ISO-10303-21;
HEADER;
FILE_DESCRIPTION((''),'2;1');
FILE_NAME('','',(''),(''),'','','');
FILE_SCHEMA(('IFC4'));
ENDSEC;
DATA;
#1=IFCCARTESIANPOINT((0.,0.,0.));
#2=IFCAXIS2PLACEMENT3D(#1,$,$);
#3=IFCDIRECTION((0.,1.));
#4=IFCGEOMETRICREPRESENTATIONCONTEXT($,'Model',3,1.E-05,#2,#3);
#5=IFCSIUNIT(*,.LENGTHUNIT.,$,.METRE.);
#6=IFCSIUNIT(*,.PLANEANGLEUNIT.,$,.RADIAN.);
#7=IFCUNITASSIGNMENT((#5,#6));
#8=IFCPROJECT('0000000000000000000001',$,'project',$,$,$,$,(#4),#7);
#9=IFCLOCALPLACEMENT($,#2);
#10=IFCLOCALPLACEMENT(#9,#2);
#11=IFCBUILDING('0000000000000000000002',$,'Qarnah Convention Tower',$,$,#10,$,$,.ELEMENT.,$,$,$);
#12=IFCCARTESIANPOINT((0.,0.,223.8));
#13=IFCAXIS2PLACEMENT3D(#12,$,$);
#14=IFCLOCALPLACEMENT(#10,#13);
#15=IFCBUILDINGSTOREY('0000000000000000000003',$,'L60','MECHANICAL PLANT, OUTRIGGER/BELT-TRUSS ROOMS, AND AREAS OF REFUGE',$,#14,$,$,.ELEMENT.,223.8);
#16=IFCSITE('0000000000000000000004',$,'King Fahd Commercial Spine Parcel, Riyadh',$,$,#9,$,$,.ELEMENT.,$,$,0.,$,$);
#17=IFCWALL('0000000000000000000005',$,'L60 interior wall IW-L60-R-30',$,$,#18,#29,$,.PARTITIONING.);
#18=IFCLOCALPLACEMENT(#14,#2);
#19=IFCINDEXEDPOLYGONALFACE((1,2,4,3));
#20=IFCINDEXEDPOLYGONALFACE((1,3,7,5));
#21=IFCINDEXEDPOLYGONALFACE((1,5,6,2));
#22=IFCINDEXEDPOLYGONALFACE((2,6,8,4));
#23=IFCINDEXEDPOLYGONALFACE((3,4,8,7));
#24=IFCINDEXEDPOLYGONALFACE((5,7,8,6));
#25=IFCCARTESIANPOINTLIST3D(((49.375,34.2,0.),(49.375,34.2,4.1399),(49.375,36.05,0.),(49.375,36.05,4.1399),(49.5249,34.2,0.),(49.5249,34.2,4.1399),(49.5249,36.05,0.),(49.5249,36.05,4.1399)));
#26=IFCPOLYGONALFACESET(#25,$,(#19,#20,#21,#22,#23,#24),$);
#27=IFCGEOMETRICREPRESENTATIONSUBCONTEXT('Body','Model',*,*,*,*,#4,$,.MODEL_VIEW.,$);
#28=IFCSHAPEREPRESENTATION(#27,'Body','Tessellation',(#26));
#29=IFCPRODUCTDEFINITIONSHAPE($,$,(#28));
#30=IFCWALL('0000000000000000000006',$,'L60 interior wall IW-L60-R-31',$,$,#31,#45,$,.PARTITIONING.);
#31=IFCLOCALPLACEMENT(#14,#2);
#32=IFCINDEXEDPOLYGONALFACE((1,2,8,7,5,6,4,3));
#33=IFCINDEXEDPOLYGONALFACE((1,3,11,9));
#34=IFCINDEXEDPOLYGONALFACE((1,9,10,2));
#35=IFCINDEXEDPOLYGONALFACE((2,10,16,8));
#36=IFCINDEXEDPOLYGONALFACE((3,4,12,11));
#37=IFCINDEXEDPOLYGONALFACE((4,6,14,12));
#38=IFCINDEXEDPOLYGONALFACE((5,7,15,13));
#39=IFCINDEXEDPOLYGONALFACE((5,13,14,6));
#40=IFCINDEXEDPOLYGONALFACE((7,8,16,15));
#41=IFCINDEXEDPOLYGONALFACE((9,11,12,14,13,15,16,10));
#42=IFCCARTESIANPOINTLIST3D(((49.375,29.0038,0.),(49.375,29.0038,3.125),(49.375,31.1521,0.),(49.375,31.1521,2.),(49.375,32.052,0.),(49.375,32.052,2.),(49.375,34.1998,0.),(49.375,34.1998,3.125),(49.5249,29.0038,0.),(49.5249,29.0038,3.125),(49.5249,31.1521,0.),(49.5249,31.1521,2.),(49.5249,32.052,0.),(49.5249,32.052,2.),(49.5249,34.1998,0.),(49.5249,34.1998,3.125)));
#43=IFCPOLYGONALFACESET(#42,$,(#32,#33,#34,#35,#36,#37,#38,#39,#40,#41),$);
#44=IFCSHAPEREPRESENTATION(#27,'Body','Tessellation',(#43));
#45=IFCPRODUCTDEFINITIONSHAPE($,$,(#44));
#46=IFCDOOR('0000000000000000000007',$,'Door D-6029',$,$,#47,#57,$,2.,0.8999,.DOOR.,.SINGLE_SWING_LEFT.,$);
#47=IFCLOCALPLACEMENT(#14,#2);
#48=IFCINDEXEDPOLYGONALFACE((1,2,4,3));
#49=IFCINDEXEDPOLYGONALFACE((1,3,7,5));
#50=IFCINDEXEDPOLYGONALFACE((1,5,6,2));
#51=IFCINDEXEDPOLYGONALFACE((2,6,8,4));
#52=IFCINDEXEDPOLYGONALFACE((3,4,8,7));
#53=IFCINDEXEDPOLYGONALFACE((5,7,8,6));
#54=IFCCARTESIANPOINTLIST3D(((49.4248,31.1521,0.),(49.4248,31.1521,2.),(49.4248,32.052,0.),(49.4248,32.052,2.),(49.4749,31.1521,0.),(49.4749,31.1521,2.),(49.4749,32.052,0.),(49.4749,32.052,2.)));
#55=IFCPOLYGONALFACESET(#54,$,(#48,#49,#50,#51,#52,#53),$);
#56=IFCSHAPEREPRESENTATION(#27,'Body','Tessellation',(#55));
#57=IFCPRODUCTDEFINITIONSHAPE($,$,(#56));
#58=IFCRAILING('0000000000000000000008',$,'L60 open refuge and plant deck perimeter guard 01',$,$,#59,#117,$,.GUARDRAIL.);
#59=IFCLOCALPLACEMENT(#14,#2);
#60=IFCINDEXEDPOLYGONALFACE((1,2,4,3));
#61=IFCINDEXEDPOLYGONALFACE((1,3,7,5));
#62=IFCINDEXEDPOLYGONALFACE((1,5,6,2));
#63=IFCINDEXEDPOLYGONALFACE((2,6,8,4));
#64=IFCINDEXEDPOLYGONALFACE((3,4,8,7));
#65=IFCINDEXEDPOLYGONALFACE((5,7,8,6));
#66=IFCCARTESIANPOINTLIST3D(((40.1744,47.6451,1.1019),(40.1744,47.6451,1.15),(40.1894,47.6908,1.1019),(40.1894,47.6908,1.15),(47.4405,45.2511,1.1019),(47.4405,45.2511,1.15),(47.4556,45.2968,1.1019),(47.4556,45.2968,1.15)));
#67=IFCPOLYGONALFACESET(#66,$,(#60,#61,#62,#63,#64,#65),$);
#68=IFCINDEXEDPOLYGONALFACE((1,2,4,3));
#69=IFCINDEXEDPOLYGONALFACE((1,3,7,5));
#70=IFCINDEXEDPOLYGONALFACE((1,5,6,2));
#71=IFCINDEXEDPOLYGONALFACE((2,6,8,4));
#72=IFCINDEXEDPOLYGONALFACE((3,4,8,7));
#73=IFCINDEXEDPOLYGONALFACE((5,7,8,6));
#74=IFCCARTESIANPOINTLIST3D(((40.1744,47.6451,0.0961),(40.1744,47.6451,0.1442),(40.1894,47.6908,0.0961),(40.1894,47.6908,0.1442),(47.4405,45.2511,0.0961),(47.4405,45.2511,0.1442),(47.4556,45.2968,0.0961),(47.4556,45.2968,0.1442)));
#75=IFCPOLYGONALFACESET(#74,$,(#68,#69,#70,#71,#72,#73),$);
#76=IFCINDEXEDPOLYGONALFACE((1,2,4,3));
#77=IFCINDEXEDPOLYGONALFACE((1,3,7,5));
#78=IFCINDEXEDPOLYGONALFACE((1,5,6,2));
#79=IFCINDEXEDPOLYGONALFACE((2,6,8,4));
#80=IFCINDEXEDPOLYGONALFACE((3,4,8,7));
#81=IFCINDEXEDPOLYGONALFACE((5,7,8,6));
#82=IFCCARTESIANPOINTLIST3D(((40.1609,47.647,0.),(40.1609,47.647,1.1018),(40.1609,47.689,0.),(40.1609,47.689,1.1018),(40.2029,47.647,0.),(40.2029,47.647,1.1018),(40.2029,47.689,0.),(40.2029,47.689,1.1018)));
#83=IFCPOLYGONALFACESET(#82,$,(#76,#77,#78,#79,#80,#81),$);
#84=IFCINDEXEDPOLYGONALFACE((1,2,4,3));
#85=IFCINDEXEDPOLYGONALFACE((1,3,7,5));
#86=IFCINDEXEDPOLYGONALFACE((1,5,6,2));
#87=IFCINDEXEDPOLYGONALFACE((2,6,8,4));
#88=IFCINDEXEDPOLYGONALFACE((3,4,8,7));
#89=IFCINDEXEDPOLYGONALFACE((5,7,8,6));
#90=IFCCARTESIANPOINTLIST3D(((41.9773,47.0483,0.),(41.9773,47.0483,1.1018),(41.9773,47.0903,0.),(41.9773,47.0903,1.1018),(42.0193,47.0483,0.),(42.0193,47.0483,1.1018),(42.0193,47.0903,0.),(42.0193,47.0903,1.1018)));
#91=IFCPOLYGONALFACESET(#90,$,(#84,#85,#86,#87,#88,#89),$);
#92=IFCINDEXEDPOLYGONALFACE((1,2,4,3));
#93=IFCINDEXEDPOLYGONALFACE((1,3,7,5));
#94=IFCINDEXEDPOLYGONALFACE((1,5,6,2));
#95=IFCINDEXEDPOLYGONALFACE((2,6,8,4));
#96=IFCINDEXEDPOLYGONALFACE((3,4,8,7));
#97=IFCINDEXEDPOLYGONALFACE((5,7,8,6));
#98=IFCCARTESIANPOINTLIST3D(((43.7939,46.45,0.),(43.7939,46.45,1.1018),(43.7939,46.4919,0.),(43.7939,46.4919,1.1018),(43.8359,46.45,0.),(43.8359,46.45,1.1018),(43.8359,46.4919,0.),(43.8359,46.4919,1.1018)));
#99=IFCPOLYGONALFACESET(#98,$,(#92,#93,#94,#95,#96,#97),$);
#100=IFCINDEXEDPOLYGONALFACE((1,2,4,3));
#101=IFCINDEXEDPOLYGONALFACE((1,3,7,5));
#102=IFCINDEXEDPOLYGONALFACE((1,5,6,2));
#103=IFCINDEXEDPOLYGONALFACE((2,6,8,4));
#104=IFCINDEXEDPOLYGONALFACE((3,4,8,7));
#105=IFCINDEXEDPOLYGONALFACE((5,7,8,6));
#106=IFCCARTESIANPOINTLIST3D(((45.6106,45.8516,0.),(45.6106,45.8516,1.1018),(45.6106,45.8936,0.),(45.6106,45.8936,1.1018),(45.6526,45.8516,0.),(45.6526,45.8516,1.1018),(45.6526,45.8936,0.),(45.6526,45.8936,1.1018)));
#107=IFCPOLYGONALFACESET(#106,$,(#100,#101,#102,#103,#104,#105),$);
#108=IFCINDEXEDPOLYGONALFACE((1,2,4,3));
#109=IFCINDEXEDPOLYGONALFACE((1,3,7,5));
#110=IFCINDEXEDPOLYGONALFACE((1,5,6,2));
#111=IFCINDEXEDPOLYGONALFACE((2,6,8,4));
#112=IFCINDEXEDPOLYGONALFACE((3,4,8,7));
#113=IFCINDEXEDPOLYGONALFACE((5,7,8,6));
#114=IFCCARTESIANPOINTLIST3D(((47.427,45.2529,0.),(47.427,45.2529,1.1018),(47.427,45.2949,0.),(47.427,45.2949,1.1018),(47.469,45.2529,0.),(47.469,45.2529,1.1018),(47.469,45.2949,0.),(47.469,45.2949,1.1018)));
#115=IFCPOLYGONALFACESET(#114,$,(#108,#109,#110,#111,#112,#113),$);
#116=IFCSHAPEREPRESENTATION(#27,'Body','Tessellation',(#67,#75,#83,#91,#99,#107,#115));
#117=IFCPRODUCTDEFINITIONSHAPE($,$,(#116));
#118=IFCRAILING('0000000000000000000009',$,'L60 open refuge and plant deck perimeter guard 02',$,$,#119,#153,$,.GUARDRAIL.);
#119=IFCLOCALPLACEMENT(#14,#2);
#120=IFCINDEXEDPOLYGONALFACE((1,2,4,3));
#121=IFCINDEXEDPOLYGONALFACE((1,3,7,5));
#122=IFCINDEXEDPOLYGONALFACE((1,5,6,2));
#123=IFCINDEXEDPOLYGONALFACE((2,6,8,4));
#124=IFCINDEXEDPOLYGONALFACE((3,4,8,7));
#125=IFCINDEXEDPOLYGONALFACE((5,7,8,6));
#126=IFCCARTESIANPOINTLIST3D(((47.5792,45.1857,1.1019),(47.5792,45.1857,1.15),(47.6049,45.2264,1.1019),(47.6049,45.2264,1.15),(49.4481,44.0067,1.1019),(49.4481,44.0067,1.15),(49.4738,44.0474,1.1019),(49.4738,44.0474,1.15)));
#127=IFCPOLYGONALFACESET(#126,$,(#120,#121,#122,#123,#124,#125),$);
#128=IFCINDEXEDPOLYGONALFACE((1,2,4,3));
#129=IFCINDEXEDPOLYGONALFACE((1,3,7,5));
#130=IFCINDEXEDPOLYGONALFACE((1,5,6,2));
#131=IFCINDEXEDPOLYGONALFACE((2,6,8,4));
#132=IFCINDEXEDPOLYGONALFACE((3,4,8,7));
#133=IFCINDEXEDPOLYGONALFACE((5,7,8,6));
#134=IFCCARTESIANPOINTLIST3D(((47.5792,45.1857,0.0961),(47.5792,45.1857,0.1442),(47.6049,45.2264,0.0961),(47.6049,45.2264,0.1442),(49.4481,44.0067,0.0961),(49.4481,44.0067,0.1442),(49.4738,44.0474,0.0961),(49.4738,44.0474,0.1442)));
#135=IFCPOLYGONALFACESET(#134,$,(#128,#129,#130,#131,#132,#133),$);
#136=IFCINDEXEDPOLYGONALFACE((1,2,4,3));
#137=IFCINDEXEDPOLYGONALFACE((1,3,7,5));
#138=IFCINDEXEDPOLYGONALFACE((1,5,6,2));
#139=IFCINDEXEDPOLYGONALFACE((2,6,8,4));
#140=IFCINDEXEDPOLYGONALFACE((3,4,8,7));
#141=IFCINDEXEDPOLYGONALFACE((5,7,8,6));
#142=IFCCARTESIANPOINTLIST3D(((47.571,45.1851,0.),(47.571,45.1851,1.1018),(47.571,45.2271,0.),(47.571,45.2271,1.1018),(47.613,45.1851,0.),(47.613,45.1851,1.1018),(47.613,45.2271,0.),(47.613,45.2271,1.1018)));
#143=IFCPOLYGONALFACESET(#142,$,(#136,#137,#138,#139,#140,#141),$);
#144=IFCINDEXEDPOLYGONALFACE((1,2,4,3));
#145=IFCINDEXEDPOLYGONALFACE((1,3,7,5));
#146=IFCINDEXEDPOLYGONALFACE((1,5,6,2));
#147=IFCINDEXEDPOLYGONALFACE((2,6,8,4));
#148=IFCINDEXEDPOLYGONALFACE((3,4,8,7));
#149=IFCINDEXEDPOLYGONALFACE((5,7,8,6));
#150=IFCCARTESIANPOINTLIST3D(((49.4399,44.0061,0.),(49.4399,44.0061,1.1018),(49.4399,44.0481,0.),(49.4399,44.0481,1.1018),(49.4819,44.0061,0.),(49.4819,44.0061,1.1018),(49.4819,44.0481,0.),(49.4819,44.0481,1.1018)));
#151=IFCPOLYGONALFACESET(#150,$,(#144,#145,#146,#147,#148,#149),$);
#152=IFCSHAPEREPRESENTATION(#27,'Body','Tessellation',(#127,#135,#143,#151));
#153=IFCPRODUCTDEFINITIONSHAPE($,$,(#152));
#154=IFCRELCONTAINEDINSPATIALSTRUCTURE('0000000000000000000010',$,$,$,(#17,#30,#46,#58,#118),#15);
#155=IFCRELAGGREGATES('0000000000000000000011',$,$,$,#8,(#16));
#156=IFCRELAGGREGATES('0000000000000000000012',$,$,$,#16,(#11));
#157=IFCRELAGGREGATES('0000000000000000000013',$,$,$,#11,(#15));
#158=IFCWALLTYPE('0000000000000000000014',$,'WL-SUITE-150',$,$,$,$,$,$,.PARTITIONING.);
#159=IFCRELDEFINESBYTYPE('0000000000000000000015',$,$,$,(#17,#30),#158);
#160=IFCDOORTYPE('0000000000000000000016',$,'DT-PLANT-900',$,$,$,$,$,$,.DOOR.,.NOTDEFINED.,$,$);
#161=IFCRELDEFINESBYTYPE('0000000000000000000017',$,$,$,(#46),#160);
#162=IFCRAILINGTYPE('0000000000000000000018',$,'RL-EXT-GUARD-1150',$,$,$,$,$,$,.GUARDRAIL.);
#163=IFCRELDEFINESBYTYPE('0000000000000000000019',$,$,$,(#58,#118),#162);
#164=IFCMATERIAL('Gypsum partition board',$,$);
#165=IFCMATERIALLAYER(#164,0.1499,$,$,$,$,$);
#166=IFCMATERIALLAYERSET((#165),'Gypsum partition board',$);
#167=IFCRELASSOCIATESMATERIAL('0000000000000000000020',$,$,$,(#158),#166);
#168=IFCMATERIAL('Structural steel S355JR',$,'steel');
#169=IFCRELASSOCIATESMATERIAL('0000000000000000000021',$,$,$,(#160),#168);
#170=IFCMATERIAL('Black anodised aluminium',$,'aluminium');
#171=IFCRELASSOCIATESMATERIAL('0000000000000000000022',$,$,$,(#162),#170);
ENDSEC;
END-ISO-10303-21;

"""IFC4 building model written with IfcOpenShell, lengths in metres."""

from ifc_helpers import new_model, si_unit, direction, frame, frame_2d, origin, origin_2d, place, context, subcontext, project, spatial, rectangle, extrude, material, layer, layer_set, type_object, element, fill, save


model = new_model("IFC4")

# Units and contexts
model_context = context("Model", 3, precision=1e-05, world=origin(), true_north=direction((0.0, 1.0)))
body_context = subcontext(model_context, "Body", "Model", "MODEL_VIEW")
ifc_project = project(units=[si_unit("LENGTHUNIT", "METRE"), si_unit("PLANEANGLEUNIT", "RADIAN")], contexts=[model_context])

# Site, building, storey
site_placement = place(None, origin())
site = spatial("IfcSite", under=ifc_project, at=site_placement, Name="King Fahd Commercial Spine Parcel, Riyadh", CompositionType="ELEMENT", RefElevation=0.0)
building_placement = place(site_placement, origin())
building = spatial("IfcBuilding", under=site, at=building_placement, Name="Qarnah Convention Tower", CompositionType="ELEMENT")
storey_placement = place(building_placement, frame((0.0, 0.0, 223.8)))
storey = spatial("IfcBuildingStorey", under=building, at=storey_placement, Name="L60", Description="MECHANICAL PLANT, OUTRIGGER/BELT-TRUSS ROOMS, AND AREAS OF REFUGE", CompositionType="ELEMENT", Elevation=223.8)

# Shared definitions
ifc_material_1 = material(Name="Structural steel S355JR", Category="steel")

# Shared definitions
ifc_material_2 = material(Name="Gypsum partition board")
ifc_layer_1 = layer(ifc_material_2, 0.1499)
ifc_layer_set_1 = layer_set([ifc_layer_1], Name="Gypsum partition board")
wall_type_1 = type_object("IfcWallType", Name="WL-SUITE-150", PredefinedType="PARTITIONING", material=ifc_layer_set_1)

# Shared definitions
door_type = type_object("IfcDoorType", Name="DT-PLANT-900", OperationType="NOTDEFINED", PredefinedType="DOOR", material=ifc_material_1)

# Wall
wall_1_placement = place(storey_placement, frame((49.45, 36.05, 0.0), z_axis=(0.0, 0.0, 1.0), x_axis=(0.0, -1.0, 0.0)))
element("IfcWall", 1, at=wall_1_placement, inside=storey, type_object=wall_type_1, Name="L60 interior wall IW-L60-R-30", PredefinedType="PARTITIONING", context=body_context, shape_type="SweptSolid", body=[
    extrude(rectangle(XDim=1.8501, YDim=0.1499, at=frame_2d((0.925, 0.0))), origin(), (0.0, 0.0, 1.0), 4.1399),
])

# Wall, opening, door
wall_2_placement = place(storey_placement, frame((49.45, 34.2, 0.0), z_axis=(0.0, 0.0, 1.0), x_axis=(0.0, -1.0, 0.0)))
wall_2 = element("IfcWall", 2, at=wall_2_placement, inside=storey, type_object=wall_type_1, Name="L60 interior wall IW-L60-R-31", PredefinedType="PARTITIONING", context=body_context, shape_type="SweptSolid", body=[
    extrude(rectangle(XDim=5.196, YDim=0.1499, at=frame_2d((2.5981, 0.0))), origin(), (0.0, 0.0, 1.0), 3.125),
])
opening_1_placement = place(wall_2_placement, frame((2.1479, 0.0, 0.0)))
opening_1 = element("IfcOpeningElement", 3, at=opening_1_placement, cuts=wall_2, PredefinedType="OPENING", context=body_context, shape_type="SweptSolid", body=[
    extrude(rectangle(XDim=0.8999, YDim=2.0, at=frame_2d((0.45, 1.0))), frame((0.0, 0.085, 0.0), z_axis=(0.0, -1.0, 0.0), x_axis=(1.0, 0.0, 0.0)), (0.0, 0.0, 1.0), 0.1699),
])
door_1_placement = place(opening_1_placement, origin())
door_1 = element("IfcDoor", 4, at=door_1_placement, inside=storey, type_object=door_type, Name="Door D-6029", OperationType="SINGLE_SWING_LEFT", OverallHeight=2.0, OverallWidth=0.8999, PredefinedType="DOOR", context=body_context, shape_type="SweptSolid", body=[
    extrude(rectangle(XDim=0.8999, YDim=2.0, at=frame_2d((0.45, 1.0))), frame((0.0, 0.0249, 0.0), z_axis=(0.0, -1.0, 0.0), x_axis=(1.0, 0.0, 0.0)), (0.0, 0.0, 1.0), 0.05),
])
fill(opening_1, door_1)

# Railings
ifc_material_3 = material(Name="Black anodised aluminium", Category="aluminium")
railing_type = type_object("IfcRailingType", Name="RL-EXT-GUARD-1150", PredefinedType="GUARDRAIL", material=ifc_material_3)
railing_1_placement = place(storey_placement, frame((40.1819, 47.668, 0.0)))
element("IfcRailing", 5, at=railing_1_placement, inside=storey, type_object=railing_type, Name="L60 open refuge and plant deck perimeter guard 01", PredefinedType="GUARDRAIL", context=body_context, shape_type="SweptSolid", body=[
    extrude(rectangle(XDim=0.0481, YDim=0.0481, at=origin_2d()), frame((0.0, 0.0, 1.126), z_axis=(0.949775, -0.312933, 0.0), x_axis=(0.312933, 0.949775, 0.0)), (0.0, 0.0, 1.0), 7.6504),
    extrude(rectangle(XDim=0.0481, YDim=0.0481, at=origin_2d()), frame((0.0, 0.0, 0.1201), z_axis=(0.949775, -0.312933, 0.0), x_axis=(0.312933, 0.949775, 0.0)), (0.0, 0.0, 1.0), 7.6504),
    extrude(rectangle(XDim=0.042, YDim=0.042, at=origin_2d()), origin(), (0.0, 0.0, 1.0), 1.1018),
    extrude(rectangle(XDim=0.042, YDim=0.042, at=origin_2d()), frame((1.8164, -0.5986, 0.0)), (0.0, 0.0, 1.0), 1.1018),
    extrude(rectangle(XDim=0.042, YDim=0.042, at=origin_2d()), frame((3.6331, -1.197, 0.0)), (0.0, 0.0, 1.0), 1.1018),
    extrude(rectangle(XDim=0.042, YDim=0.042, at=origin_2d()), frame((5.4497, -1.7954, 0.0)), (0.0, 0.0, 1.0), 1.1018),
    extrude(rectangle(XDim=0.042, YDim=0.042, at=origin_2d()), frame((7.2661, -2.394, 0.0)), (0.0, 0.0, 1.0), 1.1018),
])
railing_2_placement = place(storey_placement, frame((47.592, 45.2061, 0.0)))
element("IfcRailing", 6, at=railing_2_placement, inside=storey, type_object=railing_type, Name="L60 open refuge and plant deck perimeter guard 02", PredefinedType="GUARDRAIL", context=body_context, shape_type="SweptSolid", body=[
    extrude(rectangle(XDim=0.0481, YDim=0.0481, at=origin_2d()), frame((0.0, 0.0, 1.126), z_axis=(0.845775, -0.53354, 0.0), x_axis=(0.53354, 0.845775, 0.0)), (0.0, 0.0, 1.0), 2.2097),
    extrude(rectangle(XDim=0.0481, YDim=0.0481, at=origin_2d()), frame((0.0, 0.0, 0.1201), z_axis=(0.845775, -0.53354, 0.0), x_axis=(0.53354, 0.845775, 0.0)), (0.0, 0.0, 1.0), 2.2097),
    extrude(rectangle(XDim=0.042, YDim=0.042, at=origin_2d()), origin(), (0.0, 0.0, 1.0), 1.1018),
    extrude(rectangle(XDim=0.042, YDim=0.042, at=origin_2d()), frame((1.8689, -1.179, 0.0)), (0.0, 0.0, 1.0), 1.1018),
])

save(model, "model.ifc")
